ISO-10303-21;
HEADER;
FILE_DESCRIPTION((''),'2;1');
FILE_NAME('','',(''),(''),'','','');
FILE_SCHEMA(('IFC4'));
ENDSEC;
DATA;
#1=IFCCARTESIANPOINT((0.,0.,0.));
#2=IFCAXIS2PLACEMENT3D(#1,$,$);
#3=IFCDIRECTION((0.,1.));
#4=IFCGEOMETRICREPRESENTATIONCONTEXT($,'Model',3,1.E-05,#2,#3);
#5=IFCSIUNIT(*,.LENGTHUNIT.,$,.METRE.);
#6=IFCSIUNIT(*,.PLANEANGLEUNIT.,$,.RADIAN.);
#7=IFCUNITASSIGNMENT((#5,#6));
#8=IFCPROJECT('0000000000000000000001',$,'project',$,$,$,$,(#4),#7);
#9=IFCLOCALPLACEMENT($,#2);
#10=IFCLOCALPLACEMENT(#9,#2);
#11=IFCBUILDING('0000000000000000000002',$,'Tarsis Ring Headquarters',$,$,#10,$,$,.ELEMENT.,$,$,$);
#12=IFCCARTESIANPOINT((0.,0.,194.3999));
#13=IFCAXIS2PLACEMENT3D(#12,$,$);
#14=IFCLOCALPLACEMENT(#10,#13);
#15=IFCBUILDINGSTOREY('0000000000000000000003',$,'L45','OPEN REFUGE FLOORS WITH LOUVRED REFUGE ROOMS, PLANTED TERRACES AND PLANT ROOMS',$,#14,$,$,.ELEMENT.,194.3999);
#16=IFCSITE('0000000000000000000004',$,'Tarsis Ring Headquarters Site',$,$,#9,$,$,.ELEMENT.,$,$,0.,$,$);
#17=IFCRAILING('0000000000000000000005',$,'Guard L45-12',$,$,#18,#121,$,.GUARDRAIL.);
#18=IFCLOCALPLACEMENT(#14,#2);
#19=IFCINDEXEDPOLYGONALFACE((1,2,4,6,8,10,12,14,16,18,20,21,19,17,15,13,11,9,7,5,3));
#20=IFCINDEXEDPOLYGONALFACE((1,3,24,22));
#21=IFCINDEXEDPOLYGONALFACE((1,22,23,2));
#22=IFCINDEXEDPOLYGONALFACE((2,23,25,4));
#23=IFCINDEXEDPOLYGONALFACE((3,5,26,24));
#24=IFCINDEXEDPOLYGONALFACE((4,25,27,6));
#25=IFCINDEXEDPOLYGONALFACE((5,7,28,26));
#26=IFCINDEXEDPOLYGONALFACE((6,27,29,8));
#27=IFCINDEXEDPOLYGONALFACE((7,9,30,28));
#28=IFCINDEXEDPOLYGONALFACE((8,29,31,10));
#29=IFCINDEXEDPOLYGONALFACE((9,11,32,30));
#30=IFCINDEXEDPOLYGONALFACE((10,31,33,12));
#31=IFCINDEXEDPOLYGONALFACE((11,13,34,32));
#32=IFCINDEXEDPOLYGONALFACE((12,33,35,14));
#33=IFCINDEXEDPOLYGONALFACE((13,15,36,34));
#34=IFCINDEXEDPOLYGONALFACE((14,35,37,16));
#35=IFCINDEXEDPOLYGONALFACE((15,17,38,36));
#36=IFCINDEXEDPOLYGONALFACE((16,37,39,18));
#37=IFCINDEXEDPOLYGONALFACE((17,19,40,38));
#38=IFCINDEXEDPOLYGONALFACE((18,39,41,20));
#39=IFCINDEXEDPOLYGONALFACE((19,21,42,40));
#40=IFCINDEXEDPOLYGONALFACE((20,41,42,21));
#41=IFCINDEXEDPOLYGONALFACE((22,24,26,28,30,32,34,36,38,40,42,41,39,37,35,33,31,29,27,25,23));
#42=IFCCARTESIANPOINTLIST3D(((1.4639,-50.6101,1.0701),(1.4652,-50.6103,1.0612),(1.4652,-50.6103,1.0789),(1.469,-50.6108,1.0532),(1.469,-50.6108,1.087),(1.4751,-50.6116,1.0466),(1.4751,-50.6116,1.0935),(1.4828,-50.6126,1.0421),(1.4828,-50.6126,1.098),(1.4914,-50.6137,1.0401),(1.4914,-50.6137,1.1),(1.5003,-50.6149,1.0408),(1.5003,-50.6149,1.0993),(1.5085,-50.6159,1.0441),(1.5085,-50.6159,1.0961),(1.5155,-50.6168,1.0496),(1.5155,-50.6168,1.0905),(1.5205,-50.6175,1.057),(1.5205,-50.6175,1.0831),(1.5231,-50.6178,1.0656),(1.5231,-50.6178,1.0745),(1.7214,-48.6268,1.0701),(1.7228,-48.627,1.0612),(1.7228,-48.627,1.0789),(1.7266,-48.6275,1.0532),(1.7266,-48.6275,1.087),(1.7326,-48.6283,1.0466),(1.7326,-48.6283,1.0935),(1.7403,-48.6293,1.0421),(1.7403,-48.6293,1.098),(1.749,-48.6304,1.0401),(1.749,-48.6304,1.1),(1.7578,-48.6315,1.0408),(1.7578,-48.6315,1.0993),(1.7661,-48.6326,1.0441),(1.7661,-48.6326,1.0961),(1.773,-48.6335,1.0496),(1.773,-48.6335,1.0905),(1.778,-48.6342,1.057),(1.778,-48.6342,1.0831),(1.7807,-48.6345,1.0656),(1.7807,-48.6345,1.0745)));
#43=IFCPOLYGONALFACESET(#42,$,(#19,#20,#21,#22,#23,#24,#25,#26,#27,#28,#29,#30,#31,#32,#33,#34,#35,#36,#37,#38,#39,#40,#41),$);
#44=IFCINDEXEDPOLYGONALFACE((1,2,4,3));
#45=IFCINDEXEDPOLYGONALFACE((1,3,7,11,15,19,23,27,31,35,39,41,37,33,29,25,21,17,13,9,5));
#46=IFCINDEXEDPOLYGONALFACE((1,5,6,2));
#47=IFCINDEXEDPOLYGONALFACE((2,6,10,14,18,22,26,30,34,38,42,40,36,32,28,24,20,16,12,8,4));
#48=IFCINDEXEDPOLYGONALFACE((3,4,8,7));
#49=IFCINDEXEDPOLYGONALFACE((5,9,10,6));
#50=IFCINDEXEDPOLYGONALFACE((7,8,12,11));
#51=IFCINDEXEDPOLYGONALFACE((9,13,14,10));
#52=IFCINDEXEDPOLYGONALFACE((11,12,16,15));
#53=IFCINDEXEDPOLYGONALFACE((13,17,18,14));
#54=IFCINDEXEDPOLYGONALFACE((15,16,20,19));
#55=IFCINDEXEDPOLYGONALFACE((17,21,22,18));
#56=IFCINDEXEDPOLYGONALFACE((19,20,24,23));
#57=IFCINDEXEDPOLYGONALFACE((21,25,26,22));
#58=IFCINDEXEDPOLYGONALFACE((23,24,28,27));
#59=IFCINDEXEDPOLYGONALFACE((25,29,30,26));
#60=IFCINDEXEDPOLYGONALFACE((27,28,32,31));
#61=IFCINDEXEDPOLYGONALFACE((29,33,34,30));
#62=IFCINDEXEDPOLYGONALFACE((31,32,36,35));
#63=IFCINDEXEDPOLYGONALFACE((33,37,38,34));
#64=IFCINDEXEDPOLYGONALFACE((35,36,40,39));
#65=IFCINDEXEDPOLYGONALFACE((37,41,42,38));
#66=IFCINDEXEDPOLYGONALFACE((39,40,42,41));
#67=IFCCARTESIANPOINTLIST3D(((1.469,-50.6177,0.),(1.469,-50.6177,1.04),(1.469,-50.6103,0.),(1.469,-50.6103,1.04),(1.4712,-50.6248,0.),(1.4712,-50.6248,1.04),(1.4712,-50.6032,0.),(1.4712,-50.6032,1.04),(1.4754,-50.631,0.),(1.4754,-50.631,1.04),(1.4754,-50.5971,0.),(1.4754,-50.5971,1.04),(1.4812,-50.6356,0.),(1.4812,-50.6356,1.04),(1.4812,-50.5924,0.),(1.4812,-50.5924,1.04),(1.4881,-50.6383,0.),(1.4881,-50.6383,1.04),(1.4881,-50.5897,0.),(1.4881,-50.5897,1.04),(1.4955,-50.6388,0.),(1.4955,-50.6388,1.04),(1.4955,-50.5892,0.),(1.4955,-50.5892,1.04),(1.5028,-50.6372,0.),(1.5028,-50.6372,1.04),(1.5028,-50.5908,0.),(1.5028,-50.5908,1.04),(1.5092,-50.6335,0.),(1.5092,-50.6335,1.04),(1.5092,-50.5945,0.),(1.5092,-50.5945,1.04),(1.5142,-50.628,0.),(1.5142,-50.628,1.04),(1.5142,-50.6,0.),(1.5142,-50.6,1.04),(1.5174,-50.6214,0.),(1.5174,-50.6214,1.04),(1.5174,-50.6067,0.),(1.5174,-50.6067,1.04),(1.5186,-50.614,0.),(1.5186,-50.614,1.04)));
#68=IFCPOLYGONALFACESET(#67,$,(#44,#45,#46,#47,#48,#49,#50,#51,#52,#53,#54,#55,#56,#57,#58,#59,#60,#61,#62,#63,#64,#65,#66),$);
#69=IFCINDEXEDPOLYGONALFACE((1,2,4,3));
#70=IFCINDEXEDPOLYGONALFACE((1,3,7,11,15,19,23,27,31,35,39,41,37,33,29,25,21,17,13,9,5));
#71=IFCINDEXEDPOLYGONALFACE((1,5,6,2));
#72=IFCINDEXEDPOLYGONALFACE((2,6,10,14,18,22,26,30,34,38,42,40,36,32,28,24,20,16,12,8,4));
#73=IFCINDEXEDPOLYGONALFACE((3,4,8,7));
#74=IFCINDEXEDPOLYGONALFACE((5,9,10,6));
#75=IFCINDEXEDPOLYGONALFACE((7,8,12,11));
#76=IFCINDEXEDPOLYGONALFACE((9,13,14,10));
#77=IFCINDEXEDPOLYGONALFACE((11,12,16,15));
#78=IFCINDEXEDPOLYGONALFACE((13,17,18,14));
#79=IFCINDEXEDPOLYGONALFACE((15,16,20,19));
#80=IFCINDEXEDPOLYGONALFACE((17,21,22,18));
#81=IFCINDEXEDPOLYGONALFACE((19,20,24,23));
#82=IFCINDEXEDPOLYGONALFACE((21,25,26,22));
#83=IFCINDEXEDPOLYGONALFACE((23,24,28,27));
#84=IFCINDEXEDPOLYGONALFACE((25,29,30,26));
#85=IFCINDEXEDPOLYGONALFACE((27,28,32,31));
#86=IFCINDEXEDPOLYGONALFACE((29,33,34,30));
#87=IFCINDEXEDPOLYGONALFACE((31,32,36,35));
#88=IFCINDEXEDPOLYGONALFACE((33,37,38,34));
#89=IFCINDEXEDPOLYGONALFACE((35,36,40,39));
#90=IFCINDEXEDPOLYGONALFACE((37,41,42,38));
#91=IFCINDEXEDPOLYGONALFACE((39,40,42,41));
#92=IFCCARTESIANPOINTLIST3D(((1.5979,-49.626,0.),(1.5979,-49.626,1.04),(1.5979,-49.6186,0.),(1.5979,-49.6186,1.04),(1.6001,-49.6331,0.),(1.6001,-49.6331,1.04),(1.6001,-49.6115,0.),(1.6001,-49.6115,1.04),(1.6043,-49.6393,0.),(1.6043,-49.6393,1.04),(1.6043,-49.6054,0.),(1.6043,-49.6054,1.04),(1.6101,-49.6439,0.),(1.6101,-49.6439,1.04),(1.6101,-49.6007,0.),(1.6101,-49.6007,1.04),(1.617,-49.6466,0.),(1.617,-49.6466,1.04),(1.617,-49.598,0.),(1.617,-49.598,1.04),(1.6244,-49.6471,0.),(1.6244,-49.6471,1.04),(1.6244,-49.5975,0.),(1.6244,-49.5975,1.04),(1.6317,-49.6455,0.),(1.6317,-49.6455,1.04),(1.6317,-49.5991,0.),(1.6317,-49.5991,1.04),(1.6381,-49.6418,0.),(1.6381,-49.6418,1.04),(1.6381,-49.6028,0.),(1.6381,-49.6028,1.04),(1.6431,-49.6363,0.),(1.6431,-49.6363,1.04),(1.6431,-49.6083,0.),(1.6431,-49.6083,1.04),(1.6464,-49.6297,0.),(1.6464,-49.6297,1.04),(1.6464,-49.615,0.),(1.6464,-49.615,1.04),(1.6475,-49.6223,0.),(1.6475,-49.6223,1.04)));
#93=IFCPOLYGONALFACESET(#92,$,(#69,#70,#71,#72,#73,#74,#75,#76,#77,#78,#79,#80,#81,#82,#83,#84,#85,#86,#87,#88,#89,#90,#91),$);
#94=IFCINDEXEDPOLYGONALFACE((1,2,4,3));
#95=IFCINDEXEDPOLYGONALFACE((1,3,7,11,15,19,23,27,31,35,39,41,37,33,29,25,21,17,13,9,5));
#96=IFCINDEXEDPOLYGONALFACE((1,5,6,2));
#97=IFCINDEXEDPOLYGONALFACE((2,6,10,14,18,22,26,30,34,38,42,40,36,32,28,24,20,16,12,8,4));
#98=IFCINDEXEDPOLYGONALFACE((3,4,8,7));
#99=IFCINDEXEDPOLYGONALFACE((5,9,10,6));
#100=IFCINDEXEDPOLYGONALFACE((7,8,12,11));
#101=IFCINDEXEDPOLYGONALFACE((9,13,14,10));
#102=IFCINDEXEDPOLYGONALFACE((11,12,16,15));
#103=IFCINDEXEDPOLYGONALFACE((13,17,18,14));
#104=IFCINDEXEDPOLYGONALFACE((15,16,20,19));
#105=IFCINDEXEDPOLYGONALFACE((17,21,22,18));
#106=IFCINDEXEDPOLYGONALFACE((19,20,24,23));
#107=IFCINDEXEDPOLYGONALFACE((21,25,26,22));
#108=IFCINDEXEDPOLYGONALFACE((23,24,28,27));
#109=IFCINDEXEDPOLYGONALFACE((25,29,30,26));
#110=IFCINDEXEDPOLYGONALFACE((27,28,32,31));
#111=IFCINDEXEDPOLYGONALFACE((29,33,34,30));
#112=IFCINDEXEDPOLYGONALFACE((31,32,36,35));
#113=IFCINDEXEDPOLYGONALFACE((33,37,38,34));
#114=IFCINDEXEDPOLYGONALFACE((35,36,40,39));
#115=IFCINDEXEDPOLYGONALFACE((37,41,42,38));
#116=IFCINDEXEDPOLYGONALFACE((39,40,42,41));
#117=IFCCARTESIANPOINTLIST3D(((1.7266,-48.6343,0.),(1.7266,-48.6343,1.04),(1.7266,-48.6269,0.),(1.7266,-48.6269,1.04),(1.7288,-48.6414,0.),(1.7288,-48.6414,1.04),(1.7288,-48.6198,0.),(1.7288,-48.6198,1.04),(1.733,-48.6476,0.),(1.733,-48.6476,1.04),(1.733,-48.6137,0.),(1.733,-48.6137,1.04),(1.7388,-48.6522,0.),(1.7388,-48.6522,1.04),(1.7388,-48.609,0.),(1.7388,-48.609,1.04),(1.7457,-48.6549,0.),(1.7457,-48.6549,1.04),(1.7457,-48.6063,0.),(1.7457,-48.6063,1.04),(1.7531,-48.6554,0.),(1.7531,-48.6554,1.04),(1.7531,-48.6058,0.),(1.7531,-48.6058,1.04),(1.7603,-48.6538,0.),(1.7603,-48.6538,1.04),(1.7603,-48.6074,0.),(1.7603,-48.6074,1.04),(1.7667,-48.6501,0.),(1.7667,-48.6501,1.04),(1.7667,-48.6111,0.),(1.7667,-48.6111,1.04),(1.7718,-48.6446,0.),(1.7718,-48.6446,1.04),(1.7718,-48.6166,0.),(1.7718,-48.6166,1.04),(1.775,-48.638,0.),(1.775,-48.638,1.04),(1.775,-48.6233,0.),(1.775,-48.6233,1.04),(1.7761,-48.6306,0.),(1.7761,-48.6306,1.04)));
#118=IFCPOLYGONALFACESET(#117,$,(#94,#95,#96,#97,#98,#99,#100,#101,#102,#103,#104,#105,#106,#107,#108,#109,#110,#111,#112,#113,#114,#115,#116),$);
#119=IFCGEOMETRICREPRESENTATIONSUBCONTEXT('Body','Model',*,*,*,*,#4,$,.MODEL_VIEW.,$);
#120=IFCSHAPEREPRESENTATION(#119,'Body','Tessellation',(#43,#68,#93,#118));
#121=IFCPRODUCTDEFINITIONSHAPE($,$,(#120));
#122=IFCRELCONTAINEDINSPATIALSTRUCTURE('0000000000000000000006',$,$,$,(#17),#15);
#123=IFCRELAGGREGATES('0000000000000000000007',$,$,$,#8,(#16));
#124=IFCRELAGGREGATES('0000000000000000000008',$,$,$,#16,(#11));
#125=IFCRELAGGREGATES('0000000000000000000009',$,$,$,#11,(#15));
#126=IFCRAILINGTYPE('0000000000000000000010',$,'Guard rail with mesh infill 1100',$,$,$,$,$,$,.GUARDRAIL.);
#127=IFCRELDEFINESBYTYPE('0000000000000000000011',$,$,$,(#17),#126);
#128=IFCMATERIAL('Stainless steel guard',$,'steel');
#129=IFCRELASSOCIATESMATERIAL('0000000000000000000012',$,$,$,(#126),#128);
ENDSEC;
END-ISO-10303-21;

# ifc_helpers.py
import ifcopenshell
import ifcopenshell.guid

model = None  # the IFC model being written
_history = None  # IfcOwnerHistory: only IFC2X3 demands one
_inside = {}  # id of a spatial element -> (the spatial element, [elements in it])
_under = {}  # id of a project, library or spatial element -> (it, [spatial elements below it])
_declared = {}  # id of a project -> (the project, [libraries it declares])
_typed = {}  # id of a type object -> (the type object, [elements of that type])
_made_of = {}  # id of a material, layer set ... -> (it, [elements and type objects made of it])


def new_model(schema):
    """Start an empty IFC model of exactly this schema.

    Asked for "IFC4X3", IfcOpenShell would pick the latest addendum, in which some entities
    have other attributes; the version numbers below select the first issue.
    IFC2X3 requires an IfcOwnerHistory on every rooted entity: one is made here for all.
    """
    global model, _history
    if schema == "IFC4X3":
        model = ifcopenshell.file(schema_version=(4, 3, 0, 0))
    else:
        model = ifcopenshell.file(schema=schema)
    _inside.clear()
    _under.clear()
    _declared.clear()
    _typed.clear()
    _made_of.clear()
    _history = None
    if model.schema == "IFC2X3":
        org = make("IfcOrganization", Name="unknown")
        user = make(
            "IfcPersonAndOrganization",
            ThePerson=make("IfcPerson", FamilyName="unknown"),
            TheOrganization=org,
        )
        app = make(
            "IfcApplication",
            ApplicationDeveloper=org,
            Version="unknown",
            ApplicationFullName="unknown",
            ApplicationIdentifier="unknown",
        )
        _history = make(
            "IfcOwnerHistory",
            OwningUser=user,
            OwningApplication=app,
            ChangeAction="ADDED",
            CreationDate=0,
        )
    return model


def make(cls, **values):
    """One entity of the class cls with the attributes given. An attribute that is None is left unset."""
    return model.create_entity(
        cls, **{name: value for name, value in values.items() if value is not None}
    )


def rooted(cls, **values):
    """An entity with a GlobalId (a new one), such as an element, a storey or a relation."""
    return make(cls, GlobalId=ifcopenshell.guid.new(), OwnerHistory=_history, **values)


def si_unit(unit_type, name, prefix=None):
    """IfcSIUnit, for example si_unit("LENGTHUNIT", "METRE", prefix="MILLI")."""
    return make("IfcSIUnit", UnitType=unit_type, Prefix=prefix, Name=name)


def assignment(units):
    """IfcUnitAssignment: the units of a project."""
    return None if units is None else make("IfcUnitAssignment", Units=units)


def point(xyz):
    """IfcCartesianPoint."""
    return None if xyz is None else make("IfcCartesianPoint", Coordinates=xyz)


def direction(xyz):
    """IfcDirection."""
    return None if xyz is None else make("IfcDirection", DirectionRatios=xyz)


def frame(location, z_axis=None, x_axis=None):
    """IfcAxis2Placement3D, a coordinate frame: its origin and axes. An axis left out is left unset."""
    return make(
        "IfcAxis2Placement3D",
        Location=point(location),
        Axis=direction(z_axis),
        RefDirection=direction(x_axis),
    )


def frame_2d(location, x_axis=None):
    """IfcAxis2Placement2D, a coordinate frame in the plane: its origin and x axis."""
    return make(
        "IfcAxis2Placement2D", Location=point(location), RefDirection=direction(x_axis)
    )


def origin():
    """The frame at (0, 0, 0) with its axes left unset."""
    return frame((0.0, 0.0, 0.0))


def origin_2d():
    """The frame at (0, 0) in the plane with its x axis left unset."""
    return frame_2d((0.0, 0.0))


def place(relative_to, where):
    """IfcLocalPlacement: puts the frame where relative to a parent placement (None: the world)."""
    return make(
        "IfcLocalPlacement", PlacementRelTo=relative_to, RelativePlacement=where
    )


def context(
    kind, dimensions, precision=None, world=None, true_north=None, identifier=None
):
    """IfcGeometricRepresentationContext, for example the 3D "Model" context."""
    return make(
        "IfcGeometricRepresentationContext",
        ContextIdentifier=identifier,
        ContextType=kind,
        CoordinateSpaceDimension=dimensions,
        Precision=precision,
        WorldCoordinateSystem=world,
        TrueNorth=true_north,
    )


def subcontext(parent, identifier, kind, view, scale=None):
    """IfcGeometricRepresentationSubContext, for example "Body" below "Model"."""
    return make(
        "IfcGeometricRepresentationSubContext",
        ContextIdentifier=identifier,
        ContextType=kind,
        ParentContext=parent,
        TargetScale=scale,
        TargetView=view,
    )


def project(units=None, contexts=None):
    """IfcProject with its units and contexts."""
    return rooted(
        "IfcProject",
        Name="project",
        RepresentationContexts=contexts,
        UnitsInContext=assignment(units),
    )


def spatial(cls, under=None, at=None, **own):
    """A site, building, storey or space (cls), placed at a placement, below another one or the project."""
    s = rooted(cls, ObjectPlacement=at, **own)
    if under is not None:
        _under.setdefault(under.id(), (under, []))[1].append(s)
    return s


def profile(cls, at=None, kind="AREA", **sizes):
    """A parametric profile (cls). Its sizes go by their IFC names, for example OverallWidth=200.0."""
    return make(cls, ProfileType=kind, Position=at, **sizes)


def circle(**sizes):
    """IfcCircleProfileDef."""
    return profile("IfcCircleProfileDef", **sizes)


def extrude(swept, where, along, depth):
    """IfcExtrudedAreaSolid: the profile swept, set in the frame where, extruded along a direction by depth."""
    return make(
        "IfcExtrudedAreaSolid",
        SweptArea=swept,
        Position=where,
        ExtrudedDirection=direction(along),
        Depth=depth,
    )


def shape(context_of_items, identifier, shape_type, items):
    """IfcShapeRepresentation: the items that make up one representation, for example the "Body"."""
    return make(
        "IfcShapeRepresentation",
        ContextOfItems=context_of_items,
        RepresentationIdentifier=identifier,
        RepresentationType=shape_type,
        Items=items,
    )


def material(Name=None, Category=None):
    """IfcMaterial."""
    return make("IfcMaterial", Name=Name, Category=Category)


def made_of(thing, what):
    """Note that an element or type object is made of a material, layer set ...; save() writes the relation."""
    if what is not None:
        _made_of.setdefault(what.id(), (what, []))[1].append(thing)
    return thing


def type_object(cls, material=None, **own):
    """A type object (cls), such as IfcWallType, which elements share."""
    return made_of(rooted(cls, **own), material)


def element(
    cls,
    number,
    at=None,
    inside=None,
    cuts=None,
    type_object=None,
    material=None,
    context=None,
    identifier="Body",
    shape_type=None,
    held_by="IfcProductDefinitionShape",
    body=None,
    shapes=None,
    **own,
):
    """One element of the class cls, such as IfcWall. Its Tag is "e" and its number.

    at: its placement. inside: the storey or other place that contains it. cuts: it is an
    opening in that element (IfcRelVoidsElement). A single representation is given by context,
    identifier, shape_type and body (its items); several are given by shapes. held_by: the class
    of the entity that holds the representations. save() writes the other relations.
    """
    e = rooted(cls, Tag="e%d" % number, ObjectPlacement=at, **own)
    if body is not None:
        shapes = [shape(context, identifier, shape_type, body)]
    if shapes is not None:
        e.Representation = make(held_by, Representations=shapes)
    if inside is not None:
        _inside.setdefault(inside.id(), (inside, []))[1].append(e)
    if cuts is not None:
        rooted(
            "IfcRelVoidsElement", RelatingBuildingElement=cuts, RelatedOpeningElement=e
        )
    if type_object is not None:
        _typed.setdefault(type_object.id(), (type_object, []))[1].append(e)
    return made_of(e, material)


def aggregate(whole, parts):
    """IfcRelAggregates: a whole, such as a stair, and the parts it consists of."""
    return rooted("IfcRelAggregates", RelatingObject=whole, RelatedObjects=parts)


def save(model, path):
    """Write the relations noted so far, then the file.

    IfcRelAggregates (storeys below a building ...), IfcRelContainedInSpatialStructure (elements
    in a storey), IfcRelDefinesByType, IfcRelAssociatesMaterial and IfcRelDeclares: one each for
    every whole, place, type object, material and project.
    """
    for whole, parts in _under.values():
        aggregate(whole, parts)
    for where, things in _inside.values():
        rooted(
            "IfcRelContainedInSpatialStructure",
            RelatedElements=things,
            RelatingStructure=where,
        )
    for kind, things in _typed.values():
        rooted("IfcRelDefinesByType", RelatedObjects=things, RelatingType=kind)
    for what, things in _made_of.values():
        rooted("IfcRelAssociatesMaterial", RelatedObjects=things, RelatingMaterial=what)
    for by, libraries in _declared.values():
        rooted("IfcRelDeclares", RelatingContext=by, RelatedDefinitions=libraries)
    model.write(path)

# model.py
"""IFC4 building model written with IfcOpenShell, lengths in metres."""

from ifc_helpers import new_model, si_unit, direction, frame, origin, origin_2d, place, context, subcontext, project, spatial, circle, extrude, material, type_object, element, save


model = new_model("IFC4")

# Units and contexts
model_context = context("Model", 3, precision=1e-05, world=origin(), true_north=direction((0.0, 1.0)))
body_context = subcontext(model_context, "Body", "Model", "MODEL_VIEW")
ifc_project = project(units=[si_unit("LENGTHUNIT", "METRE"), si_unit("PLANEANGLEUNIT", "RADIAN")], contexts=[model_context])

# Site, building, storey
site_placement = place(None, origin())
site = spatial("IfcSite", under=ifc_project, at=site_placement, Name="Tarsis Ring Headquarters Site", CompositionType="ELEMENT", RefElevation=0.0)
building_placement = place(site_placement, origin())
building = spatial("IfcBuilding", under=site, at=building_placement, Name="Tarsis Ring Headquarters", CompositionType="ELEMENT")
storey_placement = place(building_placement, frame((0.0, 0.0, 194.3999)))
storey = spatial("IfcBuildingStorey", under=building, at=storey_placement, Name="L45", Description="OPEN REFUGE FLOORS WITH LOUVRED REFUGE ROOMS, PLANTED TERRACES AND PLANT ROOMS", CompositionType="ELEMENT", Elevation=194.3999)

# Railing
ifc_material_1 = material(Name="Stainless steel guard", Category="steel")
railing_type_1 = type_object("IfcRailingType", Name="Guard rail with mesh infill 1100", PredefinedType="GUARDRAIL", material=ifc_material_1)
railing_1_placement = place(storey_placement, frame((1.4937, -50.614, 0.0)))
element("IfcRailing", 1, at=railing_1_placement, inside=storey, type_object=railing_type_1, Name="Guard L45-12", PredefinedType="GUARDRAIL", context=body_context, shape_type="SweptSolid", body=[
    extrude(circle(Radius=0.03, at=origin_2d()), frame((0.0, 0.0, 1.0701), z_axis=(0.128781, 0.991673, 0.0), x_axis=(-0.991673, 0.128781, 0.0)), (0.0, 0.0, 1.0), 2.0),
    extrude(circle(Radius=0.0249, at=origin_2d()), origin(), (0.0, 0.0, 1.0), 1.04),
    extrude(circle(Radius=0.0249, at=origin_2d()), frame((0.1289, 0.9917, 0.0)), (0.0, 0.0, 1.0), 1.04),
    extrude(circle(Radius=0.0249, at=origin_2d()), frame((0.2576, 1.9834, 0.0)), (0.0, 0.0, 1.0), 1.04),
])

save(model, "model.ifc")
